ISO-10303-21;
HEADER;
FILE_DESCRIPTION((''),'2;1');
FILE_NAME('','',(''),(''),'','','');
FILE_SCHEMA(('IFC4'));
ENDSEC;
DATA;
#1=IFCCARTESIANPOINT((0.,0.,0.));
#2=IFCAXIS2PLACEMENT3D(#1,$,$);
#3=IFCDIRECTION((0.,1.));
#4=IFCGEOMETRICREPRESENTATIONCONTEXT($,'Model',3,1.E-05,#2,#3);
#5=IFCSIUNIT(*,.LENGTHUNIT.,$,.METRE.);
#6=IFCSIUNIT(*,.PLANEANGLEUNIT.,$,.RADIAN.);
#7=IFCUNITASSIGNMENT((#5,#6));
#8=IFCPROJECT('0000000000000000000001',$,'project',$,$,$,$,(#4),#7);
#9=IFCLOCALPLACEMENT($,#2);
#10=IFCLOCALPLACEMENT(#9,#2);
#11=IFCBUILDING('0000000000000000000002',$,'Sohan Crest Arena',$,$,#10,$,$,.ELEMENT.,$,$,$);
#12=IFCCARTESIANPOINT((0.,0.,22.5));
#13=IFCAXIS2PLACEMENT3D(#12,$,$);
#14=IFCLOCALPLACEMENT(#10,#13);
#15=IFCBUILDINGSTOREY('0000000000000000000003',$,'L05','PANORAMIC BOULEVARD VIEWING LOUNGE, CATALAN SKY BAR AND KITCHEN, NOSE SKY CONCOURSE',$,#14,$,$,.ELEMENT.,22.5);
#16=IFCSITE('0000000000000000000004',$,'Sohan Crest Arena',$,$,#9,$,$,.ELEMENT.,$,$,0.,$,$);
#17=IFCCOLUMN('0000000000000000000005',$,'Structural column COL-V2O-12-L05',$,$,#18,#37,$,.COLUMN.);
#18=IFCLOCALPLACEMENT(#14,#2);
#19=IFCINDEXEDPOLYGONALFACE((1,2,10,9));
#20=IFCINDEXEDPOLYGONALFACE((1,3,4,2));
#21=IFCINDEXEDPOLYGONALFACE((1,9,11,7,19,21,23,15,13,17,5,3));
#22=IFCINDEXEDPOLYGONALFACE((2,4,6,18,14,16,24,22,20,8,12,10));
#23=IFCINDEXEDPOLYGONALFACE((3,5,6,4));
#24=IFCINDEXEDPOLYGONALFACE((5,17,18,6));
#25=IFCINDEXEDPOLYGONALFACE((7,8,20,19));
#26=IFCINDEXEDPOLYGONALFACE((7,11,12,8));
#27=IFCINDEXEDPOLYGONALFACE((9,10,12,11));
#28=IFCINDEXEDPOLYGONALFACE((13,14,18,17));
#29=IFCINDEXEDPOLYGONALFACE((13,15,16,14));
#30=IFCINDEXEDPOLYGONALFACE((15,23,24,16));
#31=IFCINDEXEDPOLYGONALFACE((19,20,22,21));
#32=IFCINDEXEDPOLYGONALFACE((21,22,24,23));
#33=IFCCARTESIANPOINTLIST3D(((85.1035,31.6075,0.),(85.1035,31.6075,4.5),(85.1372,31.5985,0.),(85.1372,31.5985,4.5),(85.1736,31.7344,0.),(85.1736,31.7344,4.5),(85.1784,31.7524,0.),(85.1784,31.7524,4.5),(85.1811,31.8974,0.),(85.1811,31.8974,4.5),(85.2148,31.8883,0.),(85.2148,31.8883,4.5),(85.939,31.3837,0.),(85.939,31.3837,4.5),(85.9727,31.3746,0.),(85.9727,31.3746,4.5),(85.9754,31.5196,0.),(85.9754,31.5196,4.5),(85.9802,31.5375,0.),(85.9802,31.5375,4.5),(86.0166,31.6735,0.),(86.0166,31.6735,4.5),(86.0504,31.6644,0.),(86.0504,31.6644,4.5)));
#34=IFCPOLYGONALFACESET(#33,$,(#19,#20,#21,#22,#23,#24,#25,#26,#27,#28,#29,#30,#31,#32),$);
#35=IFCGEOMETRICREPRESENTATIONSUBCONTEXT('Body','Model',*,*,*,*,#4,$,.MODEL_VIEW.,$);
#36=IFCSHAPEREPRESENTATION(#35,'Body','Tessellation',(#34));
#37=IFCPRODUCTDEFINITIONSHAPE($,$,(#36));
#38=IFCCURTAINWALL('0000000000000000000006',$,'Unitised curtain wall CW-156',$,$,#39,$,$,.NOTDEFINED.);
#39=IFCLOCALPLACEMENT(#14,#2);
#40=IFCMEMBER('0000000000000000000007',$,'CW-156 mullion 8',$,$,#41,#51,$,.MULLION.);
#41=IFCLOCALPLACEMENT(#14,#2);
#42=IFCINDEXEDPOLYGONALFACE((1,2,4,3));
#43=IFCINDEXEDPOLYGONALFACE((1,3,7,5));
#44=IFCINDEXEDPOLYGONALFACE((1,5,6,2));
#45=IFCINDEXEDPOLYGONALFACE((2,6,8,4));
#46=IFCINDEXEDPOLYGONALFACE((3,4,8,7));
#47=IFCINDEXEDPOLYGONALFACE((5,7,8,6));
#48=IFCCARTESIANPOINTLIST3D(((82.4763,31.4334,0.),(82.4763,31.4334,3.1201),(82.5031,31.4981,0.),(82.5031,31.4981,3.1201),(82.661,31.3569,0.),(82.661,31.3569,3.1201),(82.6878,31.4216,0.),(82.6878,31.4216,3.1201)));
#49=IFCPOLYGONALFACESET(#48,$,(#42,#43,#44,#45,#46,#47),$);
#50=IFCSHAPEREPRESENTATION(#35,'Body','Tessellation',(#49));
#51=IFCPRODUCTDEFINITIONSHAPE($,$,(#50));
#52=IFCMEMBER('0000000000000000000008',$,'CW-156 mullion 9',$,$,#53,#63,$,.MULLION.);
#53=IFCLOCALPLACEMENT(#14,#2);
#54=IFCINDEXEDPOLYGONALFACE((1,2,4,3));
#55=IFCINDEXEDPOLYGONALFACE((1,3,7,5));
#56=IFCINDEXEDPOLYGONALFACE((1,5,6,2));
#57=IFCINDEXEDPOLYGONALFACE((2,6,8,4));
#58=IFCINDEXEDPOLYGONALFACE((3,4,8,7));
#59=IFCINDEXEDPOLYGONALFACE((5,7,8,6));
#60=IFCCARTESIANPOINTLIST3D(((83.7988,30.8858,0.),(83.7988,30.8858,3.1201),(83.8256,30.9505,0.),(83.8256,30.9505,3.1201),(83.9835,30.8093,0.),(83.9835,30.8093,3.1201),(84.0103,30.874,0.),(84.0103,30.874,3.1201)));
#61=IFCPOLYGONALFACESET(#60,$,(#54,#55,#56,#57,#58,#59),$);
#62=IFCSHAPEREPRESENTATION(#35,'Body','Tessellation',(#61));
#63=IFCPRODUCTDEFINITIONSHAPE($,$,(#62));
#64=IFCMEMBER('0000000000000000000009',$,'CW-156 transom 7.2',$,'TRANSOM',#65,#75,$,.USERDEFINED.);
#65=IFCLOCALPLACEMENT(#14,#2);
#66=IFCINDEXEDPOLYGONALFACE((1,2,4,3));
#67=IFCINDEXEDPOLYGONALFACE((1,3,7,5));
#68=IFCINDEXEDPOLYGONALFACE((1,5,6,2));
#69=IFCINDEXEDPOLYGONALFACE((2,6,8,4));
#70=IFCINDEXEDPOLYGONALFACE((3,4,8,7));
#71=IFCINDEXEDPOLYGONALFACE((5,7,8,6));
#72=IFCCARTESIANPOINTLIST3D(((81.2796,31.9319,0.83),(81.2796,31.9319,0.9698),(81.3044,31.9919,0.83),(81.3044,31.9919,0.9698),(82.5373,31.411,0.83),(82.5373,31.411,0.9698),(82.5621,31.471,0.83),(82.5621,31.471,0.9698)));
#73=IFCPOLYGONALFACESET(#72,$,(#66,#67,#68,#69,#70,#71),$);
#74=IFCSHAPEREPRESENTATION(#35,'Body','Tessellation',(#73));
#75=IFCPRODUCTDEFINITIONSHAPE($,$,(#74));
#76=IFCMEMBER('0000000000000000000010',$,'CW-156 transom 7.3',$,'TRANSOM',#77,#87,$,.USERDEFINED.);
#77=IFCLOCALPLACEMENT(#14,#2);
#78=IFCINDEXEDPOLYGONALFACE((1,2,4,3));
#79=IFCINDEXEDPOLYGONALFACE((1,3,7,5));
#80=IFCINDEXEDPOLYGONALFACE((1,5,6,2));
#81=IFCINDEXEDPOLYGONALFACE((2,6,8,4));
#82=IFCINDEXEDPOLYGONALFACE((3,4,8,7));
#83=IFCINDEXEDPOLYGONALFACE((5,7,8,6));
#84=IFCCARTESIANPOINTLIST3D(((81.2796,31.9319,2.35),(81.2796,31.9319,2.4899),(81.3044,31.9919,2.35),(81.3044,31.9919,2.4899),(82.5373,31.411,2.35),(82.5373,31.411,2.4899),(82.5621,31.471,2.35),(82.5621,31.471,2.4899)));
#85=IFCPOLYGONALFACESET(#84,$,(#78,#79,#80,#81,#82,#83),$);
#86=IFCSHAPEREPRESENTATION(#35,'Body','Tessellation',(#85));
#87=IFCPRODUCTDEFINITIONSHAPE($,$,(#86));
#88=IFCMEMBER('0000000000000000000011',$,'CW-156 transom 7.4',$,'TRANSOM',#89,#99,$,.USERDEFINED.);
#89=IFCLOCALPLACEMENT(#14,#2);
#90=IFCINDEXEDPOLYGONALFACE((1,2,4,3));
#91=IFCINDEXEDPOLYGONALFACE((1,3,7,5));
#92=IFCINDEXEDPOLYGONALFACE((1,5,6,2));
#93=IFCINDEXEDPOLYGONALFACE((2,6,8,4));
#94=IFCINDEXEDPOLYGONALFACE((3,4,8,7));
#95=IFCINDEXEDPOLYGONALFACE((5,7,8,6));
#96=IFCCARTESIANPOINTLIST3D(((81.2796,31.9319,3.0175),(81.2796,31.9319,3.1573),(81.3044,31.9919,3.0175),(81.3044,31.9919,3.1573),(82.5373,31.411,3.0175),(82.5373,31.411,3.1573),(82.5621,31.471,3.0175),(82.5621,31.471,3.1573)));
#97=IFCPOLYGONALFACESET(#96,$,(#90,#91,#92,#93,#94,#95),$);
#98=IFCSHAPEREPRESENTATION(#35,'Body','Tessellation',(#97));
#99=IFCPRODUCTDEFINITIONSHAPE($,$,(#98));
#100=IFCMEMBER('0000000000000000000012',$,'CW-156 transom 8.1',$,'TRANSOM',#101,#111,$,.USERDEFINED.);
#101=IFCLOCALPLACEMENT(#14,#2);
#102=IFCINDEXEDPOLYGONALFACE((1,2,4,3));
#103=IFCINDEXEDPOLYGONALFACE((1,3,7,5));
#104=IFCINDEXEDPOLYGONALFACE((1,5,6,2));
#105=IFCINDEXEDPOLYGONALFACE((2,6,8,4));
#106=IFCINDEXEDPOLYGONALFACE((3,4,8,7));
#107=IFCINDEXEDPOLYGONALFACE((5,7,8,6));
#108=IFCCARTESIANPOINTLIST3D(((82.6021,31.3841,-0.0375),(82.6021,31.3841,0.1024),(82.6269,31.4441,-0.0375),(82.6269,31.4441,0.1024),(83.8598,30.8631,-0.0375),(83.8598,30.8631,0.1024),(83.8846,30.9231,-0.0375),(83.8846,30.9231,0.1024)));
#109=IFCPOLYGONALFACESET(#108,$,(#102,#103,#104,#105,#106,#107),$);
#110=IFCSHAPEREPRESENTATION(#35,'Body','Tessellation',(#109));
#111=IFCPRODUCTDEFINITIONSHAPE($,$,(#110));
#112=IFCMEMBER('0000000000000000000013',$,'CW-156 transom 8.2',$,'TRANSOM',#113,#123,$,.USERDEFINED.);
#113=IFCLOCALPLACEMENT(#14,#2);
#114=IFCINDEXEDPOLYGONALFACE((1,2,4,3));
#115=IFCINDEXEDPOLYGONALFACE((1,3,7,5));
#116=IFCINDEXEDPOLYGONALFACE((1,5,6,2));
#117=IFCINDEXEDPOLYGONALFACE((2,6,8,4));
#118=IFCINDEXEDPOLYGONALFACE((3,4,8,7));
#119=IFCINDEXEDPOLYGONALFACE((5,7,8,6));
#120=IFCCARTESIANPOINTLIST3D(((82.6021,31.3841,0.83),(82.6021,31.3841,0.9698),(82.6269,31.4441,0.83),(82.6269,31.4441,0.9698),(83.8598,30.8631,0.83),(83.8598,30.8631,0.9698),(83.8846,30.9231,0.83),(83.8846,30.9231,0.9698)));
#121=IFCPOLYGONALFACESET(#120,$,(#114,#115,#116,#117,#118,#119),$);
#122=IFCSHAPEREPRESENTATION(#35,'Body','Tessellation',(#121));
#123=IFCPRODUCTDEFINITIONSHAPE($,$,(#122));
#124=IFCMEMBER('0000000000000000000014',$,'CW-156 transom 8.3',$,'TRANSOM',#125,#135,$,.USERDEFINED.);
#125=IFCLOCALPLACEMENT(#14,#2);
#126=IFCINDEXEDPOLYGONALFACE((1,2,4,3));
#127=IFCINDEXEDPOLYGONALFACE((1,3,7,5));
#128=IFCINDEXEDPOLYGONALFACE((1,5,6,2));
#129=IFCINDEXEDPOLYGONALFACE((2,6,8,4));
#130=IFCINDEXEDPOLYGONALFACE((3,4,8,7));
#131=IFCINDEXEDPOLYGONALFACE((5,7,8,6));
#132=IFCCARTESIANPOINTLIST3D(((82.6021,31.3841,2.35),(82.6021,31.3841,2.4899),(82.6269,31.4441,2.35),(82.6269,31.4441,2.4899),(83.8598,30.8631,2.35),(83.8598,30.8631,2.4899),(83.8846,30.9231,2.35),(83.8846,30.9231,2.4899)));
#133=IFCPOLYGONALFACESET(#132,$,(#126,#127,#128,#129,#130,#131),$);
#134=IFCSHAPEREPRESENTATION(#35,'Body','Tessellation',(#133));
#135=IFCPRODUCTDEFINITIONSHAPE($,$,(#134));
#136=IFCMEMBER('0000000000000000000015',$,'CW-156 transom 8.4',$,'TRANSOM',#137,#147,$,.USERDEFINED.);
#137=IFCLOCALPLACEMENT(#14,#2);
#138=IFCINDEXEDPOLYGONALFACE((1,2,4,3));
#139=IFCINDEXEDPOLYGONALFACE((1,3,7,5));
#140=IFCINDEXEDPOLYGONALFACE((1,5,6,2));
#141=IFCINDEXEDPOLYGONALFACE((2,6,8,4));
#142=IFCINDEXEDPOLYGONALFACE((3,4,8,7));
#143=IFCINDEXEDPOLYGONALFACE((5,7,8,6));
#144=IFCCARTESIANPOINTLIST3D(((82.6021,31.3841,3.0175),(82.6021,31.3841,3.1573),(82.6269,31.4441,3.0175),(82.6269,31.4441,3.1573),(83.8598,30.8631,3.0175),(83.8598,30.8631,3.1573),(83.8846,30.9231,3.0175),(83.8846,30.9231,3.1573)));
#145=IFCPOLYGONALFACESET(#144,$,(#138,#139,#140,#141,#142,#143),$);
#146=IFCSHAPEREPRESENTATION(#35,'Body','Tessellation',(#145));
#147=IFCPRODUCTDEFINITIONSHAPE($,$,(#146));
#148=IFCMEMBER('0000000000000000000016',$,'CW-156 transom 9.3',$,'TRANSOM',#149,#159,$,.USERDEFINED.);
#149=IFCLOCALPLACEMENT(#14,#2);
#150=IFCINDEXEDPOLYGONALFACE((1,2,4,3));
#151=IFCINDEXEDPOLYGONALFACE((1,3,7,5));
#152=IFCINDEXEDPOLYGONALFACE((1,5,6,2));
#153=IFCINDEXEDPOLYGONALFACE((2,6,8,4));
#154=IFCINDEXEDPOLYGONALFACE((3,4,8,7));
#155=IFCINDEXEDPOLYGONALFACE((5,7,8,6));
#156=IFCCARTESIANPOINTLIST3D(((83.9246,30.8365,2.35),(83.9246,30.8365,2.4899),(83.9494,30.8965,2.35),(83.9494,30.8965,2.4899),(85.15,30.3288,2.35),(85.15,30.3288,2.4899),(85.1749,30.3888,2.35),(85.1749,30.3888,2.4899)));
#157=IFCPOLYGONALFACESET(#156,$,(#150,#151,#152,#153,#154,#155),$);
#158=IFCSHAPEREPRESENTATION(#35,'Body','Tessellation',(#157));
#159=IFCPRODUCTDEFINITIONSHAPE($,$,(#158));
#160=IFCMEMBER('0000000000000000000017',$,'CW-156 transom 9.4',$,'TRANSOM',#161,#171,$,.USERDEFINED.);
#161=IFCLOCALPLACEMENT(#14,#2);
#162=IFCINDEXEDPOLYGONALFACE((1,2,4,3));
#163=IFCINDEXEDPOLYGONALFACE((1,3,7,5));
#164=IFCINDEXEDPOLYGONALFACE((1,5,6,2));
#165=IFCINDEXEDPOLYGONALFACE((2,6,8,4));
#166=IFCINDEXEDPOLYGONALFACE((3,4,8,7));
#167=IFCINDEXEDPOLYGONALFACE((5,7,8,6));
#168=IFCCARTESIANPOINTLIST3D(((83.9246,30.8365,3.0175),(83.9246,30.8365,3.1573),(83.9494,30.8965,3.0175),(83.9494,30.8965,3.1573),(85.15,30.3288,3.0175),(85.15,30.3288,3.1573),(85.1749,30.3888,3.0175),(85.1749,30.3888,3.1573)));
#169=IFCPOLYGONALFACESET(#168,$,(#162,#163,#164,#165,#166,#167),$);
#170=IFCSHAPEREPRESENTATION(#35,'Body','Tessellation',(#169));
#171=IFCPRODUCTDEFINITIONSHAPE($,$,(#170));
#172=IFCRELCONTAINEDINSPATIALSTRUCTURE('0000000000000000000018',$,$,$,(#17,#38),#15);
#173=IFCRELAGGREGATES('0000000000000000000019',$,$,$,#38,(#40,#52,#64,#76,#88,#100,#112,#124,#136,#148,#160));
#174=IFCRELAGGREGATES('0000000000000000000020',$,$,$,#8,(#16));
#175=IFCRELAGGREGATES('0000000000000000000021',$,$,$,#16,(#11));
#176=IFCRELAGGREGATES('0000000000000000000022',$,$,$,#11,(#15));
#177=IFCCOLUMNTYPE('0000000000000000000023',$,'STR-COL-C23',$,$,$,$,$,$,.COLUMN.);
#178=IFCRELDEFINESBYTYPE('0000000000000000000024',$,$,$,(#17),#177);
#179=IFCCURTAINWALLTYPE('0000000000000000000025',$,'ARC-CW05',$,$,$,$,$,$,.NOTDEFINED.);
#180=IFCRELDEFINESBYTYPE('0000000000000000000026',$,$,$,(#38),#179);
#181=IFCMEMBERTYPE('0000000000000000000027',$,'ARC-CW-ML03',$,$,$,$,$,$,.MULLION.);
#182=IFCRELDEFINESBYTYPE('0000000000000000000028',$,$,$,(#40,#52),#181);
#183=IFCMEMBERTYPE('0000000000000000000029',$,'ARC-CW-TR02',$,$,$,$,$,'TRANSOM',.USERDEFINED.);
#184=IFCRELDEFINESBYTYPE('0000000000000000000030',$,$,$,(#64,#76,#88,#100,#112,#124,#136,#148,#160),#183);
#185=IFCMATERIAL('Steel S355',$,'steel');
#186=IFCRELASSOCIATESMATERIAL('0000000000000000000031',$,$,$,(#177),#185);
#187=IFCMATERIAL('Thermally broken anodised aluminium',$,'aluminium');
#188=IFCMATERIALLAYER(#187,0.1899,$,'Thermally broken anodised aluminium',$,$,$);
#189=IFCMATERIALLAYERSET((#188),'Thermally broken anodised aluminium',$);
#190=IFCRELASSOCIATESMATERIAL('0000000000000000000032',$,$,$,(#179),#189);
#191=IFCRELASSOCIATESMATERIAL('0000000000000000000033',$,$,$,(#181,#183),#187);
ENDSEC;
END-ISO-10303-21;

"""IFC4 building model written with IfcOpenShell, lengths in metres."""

from ifc_helpers import new_model, si_unit, direction, frame, origin, origin_2d, place, context, subcontext, project, spatial, rectangle, i_section, extrude, material, layer, layer_set, material_profile, profile_set, type_object, element, aggregate, save


model = new_model("IFC4")

# Units and contexts
model_context = context("Model", 3, precision=1e-05, world=origin(), true_north=direction((0.0, 1.0)))
body_context = subcontext(model_context, "Body", "Model", "MODEL_VIEW")
ifc_project = project(units=[si_unit("LENGTHUNIT", "METRE"), si_unit("PLANEANGLEUNIT", "RADIAN")], contexts=[model_context])

# Site, building, storey
site_placement = place(None, origin())
site = spatial("IfcSite", under=ifc_project, at=site_placement, Name="Sohan Crest Arena", CompositionType="ELEMENT", RefElevation=0.0)
building_placement = place(site_placement, origin())
building = spatial("IfcBuilding", under=site, at=building_placement, Name="Sohan Crest Arena", CompositionType="ELEMENT")
storey_placement = place(building_placement, frame((0.0, 0.0, 22.5)))
storey = spatial("IfcBuildingStorey", under=building, at=storey_placement, Name="L05", Description="PANORAMIC BOULEVARD VIEWING LOUNGE, CATALAN SKY BAR AND KITCHEN, NOSE SKY CONCOURSE", CompositionType="ELEMENT", Elevation=22.5)

# Column
ifc_material_1 = material(Name="Steel S355", Category="steel")
ifc_material_profile_1 = material_profile(ifc_material_1, i_section(OverallWidth=0.3, OverallDepth=0.8999, WebThickness=0.0186, FlangeThickness=0.0349, at=origin_2d()), Name="HEB 900")
ifc_profile_set_1 = profile_set([ifc_material_profile_1], Name="Steel S355")
column_type = type_object("IfcColumnType", Name="STR-COL-C23", PredefinedType="COLUMN", material=ifc_profile_set_1)
column_placement = place(storey_placement, frame((85.5769, 31.636, 0.0), z_axis=(0.0, 0.0, 1.0), x_axis=(0.258819, 0.965926, 0.0)))
element("IfcColumn", 1, at=column_placement, inside=storey, type_object=column_type, Name="Structural column COL-V2O-12-L05", PredefinedType="COLUMN", context=body_context, shape_type="SweptSolid", body=[
    extrude(i_section(OverallWidth=0.3, OverallDepth=0.8999, WebThickness=0.0186, FlangeThickness=0.0349, at=origin_2d()), origin(), (0.0, 0.0, 1.0), 4.5),
])

# Curtain wall, members
ifc_material_2 = material(Name="Thermally broken anodised aluminium", Category="aluminium")
ifc_layer_1 = layer(ifc_material_2, 0.1899, Name="Thermally broken anodised aluminium")
ifc_layer_set_1 = layer_set([ifc_layer_1], Name="Thermally broken anodised aluminium")
curtain_wall_type = type_object("IfcCurtainWallType", Name="ARC-CW05", PredefinedType="NOTDEFINED", material=ifc_layer_set_1)
curtain_wall_placement = place(storey_placement, origin())
curtain_wall = element("IfcCurtainWall", 2, at=curtain_wall_placement, inside=storey, type_object=curtain_wall_type, Name="Unitised curtain wall CW-156", PredefinedType="NOTDEFINED")
ifc_material_profile_2 = material_profile(ifc_material_2, rectangle(XDim=0.0701, YDim=0.2, at=origin_2d()), Name="ALU-MULL 70x200")
ifc_profile_set_2 = profile_set([ifc_material_profile_2], Name="Thermally broken anodised aluminium")
member_type_1 = type_object("IfcMemberType", Name="ARC-CW-ML03", PredefinedType="MULLION", material=ifc_profile_set_2)
member_1_placement = place(storey_placement, frame((82.582, 31.4275, 0.0), z_axis=(0.0, 0.0, 1.0), x_axis=(0.382685, 0.923879, 0.0)))
member_1 = element("IfcMember", 3, at=member_1_placement, type_object=member_type_1, Name="CW-156 mullion 8", PredefinedType="MULLION", context=body_context, shape_type="SweptSolid", body=[
    extrude(rectangle(XDim=0.0701, YDim=0.2, at=origin_2d()), origin(), (0.0, 0.0, 1.0), 3.1201),
])
member_2_placement = place(storey_placement, frame((83.9045, 30.8799, 0.0), z_axis=(0.0, 0.0, 1.0), x_axis=(0.382685, 0.923879, 0.0)))
member_2 = element("IfcMember", 4, at=member_2_placement, type_object=member_type_1, Name="CW-156 mullion 9", PredefinedType="MULLION", context=body_context, shape_type="SweptSolid", body=[
    extrude(rectangle(XDim=0.0701, YDim=0.2, at=origin_2d()), origin(), (0.0, 0.0, 1.0), 3.1201),
])
ifc_material_profile_3 = material_profile(ifc_material_2, rectangle(XDim=0.0649, YDim=0.1399, at=origin_2d()), Name="ALU-TRAN 65x140")
ifc_profile_set_3 = profile_set([ifc_material_profile_3], Name="Thermally broken anodised aluminium")
member_type_2 = type_object("IfcMemberType", Name="ARC-CW-TR02", ElementType="TRANSOM", PredefinedType="USERDEFINED", material=ifc_profile_set_3)
member_3_placement = place(storey_placement, frame((81.292, 31.9619, 0.8999), z_axis=(0.923881, -0.382679, 0.0), x_axis=(0.382679, 0.923881, 0.0)))
member_3 = element("IfcMember", 5, at=member_3_placement, type_object=member_type_2, Name="CW-156 transom 7.2", ObjectType="TRANSOM", PredefinedType="USERDEFINED", context=body_context, shape_type="SweptSolid", body=[
    extrude(rectangle(XDim=0.0649, YDim=0.1399, at=origin_2d()), origin(), (0.0, 0.0, 1.0), 1.3613),
])
member_4_placement = place(storey_placement, frame((81.292, 31.9619, 2.4199), z_axis=(0.923881, -0.382679, 0.0), x_axis=(0.382679, 0.923881, 0.0)))
member_4 = element("IfcMember", 6, at=member_4_placement, type_object=member_type_2, Name="CW-156 transom 7.3", ObjectType="TRANSOM", PredefinedType="USERDEFINED", context=body_context, shape_type="SweptSolid", body=[
    extrude(rectangle(XDim=0.0649, YDim=0.1399, at=origin_2d()), origin(), (0.0, 0.0, 1.0), 1.3613),
])
member_5_placement = place(storey_placement, frame((81.292, 31.9619, 3.0874), z_axis=(0.923881, -0.382679, 0.0), x_axis=(0.382679, 0.923881, 0.0)))
member_5 = element("IfcMember", 7, at=member_5_placement, type_object=member_type_2, Name="CW-156 transom 7.4", ObjectType="TRANSOM", PredefinedType="USERDEFINED", context=body_context, shape_type="SweptSolid", body=[
    extrude(rectangle(XDim=0.0649, YDim=0.1399, at=origin_2d()), origin(), (0.0, 0.0, 1.0), 1.3613),
])
member_6_placement = place(storey_placement, frame((82.6145, 31.4141, 0.0325), z_axis=(0.923881, -0.382679, 0.0), x_axis=(0.382679, 0.923881, 0.0)))
member_6 = element("IfcMember", 8, at=member_6_placement, type_object=member_type_2, Name="CW-156 transom 8.1", ObjectType="TRANSOM", PredefinedType="USERDEFINED", context=body_context, shape_type="SweptSolid", body=[
    extrude(rectangle(XDim=0.0649, YDim=0.1399, at=origin_2d()), origin(), (0.0, 0.0, 1.0), 1.3613),
])
member_7_placement = place(storey_placement, frame((82.6145, 31.4141, 0.8999), z_axis=(0.923881, -0.382679, 0.0), x_axis=(0.382679, 0.923881, 0.0)))
member_7 = element("IfcMember", 9, at=member_7_placement, type_object=member_type_2, Name="CW-156 transom 8.2", ObjectType="TRANSOM", PredefinedType="USERDEFINED", context=body_context, shape_type="SweptSolid", body=[
    extrude(rectangle(XDim=0.0649, YDim=0.1399, at=origin_2d()), origin(), (0.0, 0.0, 1.0), 1.3613),
])
member_8_placement = place(storey_placement, frame((82.6145, 31.4141, 2.4199), z_axis=(0.923881, -0.382679, 0.0), x_axis=(0.382679, 0.923881, 0.0)))
member_8 = element("IfcMember", 10, at=member_8_placement, type_object=member_type_2, Name="CW-156 transom 8.3", ObjectType="TRANSOM", PredefinedType="USERDEFINED", context=body_context, shape_type="SweptSolid", body=[
    extrude(rectangle(XDim=0.0649, YDim=0.1399, at=origin_2d()), origin(), (0.0, 0.0, 1.0), 1.3613),
])
member_9_placement = place(storey_placement, frame((82.6145, 31.4141, 3.0874), z_axis=(0.923881, -0.382679, 0.0), x_axis=(0.382679, 0.923881, 0.0)))
member_9 = element("IfcMember", 11, at=member_9_placement, type_object=member_type_2, Name="CW-156 transom 8.4", ObjectType="TRANSOM", PredefinedType="USERDEFINED", context=body_context, shape_type="SweptSolid", body=[
    extrude(rectangle(XDim=0.0649, YDim=0.1399, at=origin_2d()), origin(), (0.0, 0.0, 1.0), 1.3613),
])
member_10_placement = place(storey_placement, frame((83.937, 30.8665, 2.4199), z_axis=(0.923875, -0.382693, 0.0), x_axis=(0.382693, 0.923875, 0.0)))
member_10 = element("IfcMember", 12, at=member_10_placement, type_object=member_type_2, Name="CW-156 transom 9.3", ObjectType="TRANSOM", PredefinedType="USERDEFINED", context=body_context, shape_type="SweptSolid", body=[
    extrude(rectangle(XDim=0.0649, YDim=0.1399, at=origin_2d()), origin(), (0.0, 0.0, 1.0), 1.3264),
])
member_11_placement = place(storey_placement, frame((83.937, 30.8665, 3.0874), z_axis=(0.923875, -0.382693, 0.0), x_axis=(0.382693, 0.923875, 0.0)))
member_11 = element("IfcMember", 13, at=member_11_placement, type_object=member_type_2, Name="CW-156 transom 9.4", ObjectType="TRANSOM", PredefinedType="USERDEFINED", context=body_context, shape_type="SweptSolid", body=[
    extrude(rectangle(XDim=0.0649, YDim=0.1399, at=origin_2d()), origin(), (0.0, 0.0, 1.0), 1.3264),
])

aggregate(curtain_wall, [member_1, member_2, member_3, member_4, member_5, member_6, member_7, member_8, member_9, member_10, member_11])

save(model, "model.ifc")
